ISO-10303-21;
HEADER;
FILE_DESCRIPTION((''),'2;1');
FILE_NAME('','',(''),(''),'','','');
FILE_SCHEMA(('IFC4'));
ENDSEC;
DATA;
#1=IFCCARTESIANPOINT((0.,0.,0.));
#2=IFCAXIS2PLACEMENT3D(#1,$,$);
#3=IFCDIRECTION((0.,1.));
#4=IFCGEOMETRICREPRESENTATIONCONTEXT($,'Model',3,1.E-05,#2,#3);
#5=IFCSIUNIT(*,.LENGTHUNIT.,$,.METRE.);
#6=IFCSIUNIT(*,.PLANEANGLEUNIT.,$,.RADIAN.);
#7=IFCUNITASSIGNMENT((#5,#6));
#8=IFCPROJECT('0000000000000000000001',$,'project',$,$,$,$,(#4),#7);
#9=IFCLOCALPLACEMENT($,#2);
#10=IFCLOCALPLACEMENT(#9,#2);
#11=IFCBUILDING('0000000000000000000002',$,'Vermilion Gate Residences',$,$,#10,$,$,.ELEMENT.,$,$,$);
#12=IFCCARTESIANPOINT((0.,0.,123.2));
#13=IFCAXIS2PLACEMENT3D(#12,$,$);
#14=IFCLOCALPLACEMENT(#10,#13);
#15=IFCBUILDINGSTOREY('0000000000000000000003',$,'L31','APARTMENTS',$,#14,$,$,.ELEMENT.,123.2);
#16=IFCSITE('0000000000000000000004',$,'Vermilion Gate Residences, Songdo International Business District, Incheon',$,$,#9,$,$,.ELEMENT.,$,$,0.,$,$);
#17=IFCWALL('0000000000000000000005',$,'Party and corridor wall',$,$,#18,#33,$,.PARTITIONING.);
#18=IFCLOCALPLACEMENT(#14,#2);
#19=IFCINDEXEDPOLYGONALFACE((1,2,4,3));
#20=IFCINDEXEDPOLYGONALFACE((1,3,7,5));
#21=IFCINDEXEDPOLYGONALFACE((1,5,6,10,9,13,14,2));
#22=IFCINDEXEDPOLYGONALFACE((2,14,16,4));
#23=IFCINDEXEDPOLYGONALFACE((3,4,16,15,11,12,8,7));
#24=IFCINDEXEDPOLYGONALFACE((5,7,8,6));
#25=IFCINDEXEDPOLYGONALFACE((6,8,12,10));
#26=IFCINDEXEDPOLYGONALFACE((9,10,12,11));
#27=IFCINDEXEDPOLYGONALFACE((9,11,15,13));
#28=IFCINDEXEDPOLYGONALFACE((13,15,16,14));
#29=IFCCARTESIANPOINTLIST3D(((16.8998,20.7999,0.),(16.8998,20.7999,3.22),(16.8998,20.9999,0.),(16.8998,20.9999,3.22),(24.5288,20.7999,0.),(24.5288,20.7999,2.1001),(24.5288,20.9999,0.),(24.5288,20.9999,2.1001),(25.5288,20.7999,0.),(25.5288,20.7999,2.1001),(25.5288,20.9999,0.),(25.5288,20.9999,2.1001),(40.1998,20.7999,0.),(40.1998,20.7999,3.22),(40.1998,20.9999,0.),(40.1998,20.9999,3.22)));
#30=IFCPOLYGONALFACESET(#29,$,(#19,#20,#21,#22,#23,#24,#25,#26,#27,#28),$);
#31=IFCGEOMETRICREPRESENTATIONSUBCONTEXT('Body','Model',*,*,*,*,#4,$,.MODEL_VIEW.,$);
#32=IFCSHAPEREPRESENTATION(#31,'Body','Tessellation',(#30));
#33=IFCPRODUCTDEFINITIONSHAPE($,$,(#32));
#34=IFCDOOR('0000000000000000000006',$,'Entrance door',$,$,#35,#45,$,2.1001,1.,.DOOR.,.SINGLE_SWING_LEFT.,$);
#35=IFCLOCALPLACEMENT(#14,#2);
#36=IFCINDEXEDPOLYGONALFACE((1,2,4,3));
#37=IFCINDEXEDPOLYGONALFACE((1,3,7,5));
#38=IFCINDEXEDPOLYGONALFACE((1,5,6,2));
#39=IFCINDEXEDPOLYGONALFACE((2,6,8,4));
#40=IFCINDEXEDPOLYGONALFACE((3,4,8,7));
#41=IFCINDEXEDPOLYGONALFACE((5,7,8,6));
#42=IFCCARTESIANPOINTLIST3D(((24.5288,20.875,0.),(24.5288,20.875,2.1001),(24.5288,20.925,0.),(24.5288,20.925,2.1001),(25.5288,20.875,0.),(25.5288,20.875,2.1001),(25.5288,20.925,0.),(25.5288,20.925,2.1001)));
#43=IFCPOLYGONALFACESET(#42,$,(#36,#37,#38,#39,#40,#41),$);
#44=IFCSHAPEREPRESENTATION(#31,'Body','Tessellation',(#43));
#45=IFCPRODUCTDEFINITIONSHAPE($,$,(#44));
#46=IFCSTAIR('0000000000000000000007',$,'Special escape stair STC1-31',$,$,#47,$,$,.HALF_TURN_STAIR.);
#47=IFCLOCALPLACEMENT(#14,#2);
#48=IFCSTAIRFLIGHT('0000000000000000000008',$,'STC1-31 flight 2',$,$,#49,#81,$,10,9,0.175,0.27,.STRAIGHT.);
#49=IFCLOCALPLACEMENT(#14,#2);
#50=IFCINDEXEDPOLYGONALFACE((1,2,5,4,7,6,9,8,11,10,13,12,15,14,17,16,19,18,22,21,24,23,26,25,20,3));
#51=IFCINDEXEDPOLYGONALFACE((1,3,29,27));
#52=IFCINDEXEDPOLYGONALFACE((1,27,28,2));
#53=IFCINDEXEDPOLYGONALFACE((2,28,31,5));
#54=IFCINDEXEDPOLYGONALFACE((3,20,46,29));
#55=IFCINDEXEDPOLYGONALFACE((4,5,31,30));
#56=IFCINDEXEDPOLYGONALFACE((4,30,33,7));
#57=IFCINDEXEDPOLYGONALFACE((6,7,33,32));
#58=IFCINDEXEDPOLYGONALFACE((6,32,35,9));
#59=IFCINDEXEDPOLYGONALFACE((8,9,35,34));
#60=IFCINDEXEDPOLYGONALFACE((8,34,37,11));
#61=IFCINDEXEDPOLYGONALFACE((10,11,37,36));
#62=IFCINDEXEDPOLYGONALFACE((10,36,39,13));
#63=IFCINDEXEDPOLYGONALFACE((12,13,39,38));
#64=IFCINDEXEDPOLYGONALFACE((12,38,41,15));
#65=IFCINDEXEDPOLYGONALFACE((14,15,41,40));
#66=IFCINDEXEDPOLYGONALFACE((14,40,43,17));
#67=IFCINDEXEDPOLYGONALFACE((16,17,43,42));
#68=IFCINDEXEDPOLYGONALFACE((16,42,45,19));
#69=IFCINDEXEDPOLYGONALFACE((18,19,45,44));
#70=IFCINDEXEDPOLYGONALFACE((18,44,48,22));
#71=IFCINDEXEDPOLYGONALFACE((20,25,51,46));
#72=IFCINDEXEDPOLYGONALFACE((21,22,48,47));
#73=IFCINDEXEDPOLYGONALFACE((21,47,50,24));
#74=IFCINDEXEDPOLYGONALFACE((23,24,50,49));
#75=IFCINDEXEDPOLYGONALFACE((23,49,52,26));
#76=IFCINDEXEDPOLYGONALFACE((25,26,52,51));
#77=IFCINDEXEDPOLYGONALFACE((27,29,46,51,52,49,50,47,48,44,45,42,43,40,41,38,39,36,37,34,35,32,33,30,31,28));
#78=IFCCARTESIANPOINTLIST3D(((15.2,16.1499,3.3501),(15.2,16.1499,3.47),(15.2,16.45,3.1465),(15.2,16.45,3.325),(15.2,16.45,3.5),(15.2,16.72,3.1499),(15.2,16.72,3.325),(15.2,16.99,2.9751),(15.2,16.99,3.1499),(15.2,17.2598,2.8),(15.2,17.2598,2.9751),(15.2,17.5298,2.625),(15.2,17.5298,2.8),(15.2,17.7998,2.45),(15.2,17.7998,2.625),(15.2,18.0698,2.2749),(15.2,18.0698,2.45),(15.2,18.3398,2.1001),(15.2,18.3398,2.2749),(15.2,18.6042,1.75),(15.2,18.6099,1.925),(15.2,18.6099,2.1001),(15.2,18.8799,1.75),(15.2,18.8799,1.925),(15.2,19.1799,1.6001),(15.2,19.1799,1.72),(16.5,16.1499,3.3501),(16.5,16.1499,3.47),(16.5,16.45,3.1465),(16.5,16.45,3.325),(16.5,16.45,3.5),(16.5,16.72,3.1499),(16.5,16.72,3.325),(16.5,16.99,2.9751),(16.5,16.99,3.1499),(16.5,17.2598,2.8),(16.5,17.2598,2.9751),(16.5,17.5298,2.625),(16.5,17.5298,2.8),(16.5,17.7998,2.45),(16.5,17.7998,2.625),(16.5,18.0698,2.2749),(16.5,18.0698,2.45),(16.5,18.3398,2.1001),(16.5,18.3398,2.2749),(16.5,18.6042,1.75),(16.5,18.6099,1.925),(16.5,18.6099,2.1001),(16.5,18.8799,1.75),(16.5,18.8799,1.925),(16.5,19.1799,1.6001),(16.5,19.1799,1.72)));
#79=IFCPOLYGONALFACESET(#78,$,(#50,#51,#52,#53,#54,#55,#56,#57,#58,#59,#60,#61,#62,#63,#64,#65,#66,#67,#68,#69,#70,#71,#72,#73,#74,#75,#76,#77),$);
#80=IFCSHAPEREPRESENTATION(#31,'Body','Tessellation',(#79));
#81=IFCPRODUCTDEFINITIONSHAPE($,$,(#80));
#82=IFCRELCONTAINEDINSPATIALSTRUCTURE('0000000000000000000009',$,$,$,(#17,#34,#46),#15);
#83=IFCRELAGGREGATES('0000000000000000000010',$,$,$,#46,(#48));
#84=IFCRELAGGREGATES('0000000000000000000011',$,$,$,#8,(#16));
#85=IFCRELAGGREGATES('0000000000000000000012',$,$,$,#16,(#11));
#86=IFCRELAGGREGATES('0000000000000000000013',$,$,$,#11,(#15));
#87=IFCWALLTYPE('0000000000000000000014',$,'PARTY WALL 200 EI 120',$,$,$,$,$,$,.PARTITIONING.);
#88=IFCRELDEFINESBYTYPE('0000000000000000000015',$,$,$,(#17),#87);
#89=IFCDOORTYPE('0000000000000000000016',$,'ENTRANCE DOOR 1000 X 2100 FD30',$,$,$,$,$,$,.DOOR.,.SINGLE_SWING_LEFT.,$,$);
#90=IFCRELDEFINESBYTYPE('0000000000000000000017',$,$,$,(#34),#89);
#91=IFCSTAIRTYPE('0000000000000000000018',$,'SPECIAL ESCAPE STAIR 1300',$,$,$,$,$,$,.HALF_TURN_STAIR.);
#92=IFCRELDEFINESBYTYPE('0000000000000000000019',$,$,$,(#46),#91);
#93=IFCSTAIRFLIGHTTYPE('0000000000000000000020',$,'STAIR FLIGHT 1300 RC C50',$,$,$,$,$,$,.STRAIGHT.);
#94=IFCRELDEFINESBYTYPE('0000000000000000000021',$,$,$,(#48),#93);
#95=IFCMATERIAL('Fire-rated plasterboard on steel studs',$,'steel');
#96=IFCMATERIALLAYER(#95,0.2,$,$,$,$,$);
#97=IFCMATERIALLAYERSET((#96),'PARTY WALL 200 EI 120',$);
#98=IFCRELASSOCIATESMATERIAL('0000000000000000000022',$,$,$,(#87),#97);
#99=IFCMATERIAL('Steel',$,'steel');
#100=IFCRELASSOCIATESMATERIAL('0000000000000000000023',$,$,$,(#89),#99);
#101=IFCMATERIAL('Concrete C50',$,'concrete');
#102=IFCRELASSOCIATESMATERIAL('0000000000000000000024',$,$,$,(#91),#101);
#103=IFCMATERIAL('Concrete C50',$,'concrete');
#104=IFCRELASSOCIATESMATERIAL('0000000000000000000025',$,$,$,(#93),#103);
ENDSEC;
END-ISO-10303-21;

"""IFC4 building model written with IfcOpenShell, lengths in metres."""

from ifc_helpers import new_model, si_unit, direction, frame, frame_2d, origin, place, context, subcontext, project, spatial, polyline, rectangle, outline, extrude, material, layer, layer_set, type_object, element, fill, aggregate, save


model = new_model("IFC4")

# Units and contexts
model_context = context("Model", 3, precision=1e-05, world=origin(), true_north=direction((0.0, 1.0)))
body_context = subcontext(model_context, "Body", "Model", "MODEL_VIEW")
ifc_project = project(units=[si_unit("LENGTHUNIT", "METRE"), si_unit("PLANEANGLEUNIT", "RADIAN")], contexts=[model_context])

# Site, building, storey
site_placement = place(None, origin())
site = spatial("IfcSite", under=ifc_project, at=site_placement, Name="Vermilion Gate Residences, Songdo International Business District, Incheon", CompositionType="ELEMENT", RefElevation=0.0)
building_placement = place(site_placement, origin())
building = spatial("IfcBuilding", under=site, at=building_placement, Name="Vermilion Gate Residences", CompositionType="ELEMENT")
storey_placement = place(building_placement, frame((0.0, 0.0, 123.2)))
storey = spatial("IfcBuildingStorey", under=building, at=storey_placement, Name="L31", Description="APARTMENTS", CompositionType="ELEMENT", Elevation=123.2)

# Wall, opening, door
ifc_material_1 = material(Name="Fire-rated plasterboard on steel studs", Category="steel")
ifc_layer_1 = layer(ifc_material_1, 0.2)
ifc_layer_set_1 = layer_set([ifc_layer_1], Name="PARTY WALL 200 EI 120")
wall_type_1 = type_object("IfcWallType", Name="PARTY WALL 200 EI 120", PredefinedType="PARTITIONING", material=ifc_layer_set_1)
wall_1_placement = place(storey_placement, frame((16.8999, 20.8999, 0.0), z_axis=(0.0, 0.0, 1.0), x_axis=(1.0, 0.0, 0.0)))
wall_1 = element("IfcWall", 1, at=wall_1_placement, inside=storey, type_object=wall_type_1, Name="Party and corridor wall", PredefinedType="PARTITIONING", context=body_context, shape_type="SweptSolid", body=[
    extrude(rectangle(XDim=23.3, YDim=0.2, at=frame_2d((11.6499, 0.0))), origin(), (0.0, 0.0, 1.0), 3.22),
])
opening_1_placement = place(wall_1_placement, frame((7.6289, 0.0, 0.0)))
opening_1 = element("IfcOpeningElement", 2, at=opening_1_placement, cuts=wall_1, PredefinedType="OPENING", context=body_context, shape_type="SweptSolid", body=[
    extrude(rectangle(XDim=1.0, YDim=2.1001, at=frame_2d((0.5, 1.05))), frame((0.0, 0.1099, 0.0), z_axis=(0.0, -1.0, 0.0), x_axis=(1.0, 0.0, 0.0)), (0.0, 0.0, 1.0), 0.22),
])
ifc_material_2 = material(Name="Steel", Category="steel")
door_type_1 = type_object("IfcDoorType", Name="ENTRANCE DOOR 1000 X 2100 FD30", OperationType="SINGLE_SWING_LEFT", PredefinedType="DOOR", material=ifc_material_2)
door_1_placement = place(opening_1_placement, frame((1.0, 0.0, 0.0), z_axis=(0.0, 0.0, 1.0), x_axis=(-1.0, 0.0, 0.0)))
door_1 = element("IfcDoor", 3, at=door_1_placement, inside=storey, type_object=door_type_1, Name="Entrance door", OperationType="SINGLE_SWING_LEFT", OverallHeight=2.1001, OverallWidth=1.0, PredefinedType="DOOR", context=body_context, shape_type="SweptSolid", body=[
    extrude(rectangle(XDim=1.0, YDim=2.1001, at=frame_2d((0.5, 1.05))), frame((0.0, 0.0249, 0.0), z_axis=(0.0, -1.0, 0.0), x_axis=(1.0, 0.0, 0.0)), (0.0, 0.0, 1.0), 0.05),
])
fill(opening_1, door_1)

# Stair, stair flight
ifc_material_3 = material(Name="Concrete C50", Category="concrete")
stair_type = type_object("IfcStairType", Name="SPECIAL ESCAPE STAIR 1300", PredefinedType="HALF_TURN_STAIR", material=ifc_material_3)
stair_placement = place(storey_placement, origin())
stair = element("IfcStair", 4, at=stair_placement, inside=storey, type_object=stair_type, Name="Special escape stair STC1-31", PredefinedType="HALF_TURN_STAIR")
ifc_material_4 = material(Name="Concrete C50", Category="concrete")
stair_flight_type = type_object("IfcStairFlightType", Name="STAIR FLIGHT 1300 RC C50", PredefinedType="STRAIGHT", material=ifc_material_4)
stair_flight_placement = place(storey_placement, frame((15.8501, 18.8799, 1.75), z_axis=(0.0, 0.0, 1.0), x_axis=(0.0, -1.0, 0.0)))
stair_flight = element("IfcStairFlight", 5, at=stair_flight_placement, type_object=stair_flight_type, Name="STC1-31 flight 2", NumberOfRisers=10, NumberOfTreads=9, PredefinedType="STRAIGHT", RiserHeight=0.175, TreadLength=0.27, context=body_context, shape_type="SweptSolid", body=[
    extrude(outline(polyline([(-0.3, -0.1499), (-0.3, -0.03), (0.0, 0.0), (0.0, 0.175), (0.27, 0.175), (0.27, 0.3501), (0.54, 0.3501), (0.54, 0.5249), (0.8101, 0.5249), (0.8101, 0.7), (1.0801, 0.7), (1.0801, 0.875), (1.3501, 0.875), (1.3501, 1.05), (1.6201, 1.05), (1.6201, 1.2251), (1.8899, 1.2251), (1.8899, 1.3999), (2.1599, 1.3999), (2.1599, 1.575), (2.4299, 1.575), (2.4299, 1.75), (2.73, 1.72), (2.73, 1.6001), (2.4299, 1.3965), (0.2756, 0.0), (-0.3, -0.1499)])), frame((0.0, 0.6499, 0.0), z_axis=(0.0, -1.0, 0.0), x_axis=(1.0, 0.0, 0.0)), (0.0, 0.0, 1.0), 1.3),
])
aggregate(stair, [stair_flight])

save(model, "model.ifc")
